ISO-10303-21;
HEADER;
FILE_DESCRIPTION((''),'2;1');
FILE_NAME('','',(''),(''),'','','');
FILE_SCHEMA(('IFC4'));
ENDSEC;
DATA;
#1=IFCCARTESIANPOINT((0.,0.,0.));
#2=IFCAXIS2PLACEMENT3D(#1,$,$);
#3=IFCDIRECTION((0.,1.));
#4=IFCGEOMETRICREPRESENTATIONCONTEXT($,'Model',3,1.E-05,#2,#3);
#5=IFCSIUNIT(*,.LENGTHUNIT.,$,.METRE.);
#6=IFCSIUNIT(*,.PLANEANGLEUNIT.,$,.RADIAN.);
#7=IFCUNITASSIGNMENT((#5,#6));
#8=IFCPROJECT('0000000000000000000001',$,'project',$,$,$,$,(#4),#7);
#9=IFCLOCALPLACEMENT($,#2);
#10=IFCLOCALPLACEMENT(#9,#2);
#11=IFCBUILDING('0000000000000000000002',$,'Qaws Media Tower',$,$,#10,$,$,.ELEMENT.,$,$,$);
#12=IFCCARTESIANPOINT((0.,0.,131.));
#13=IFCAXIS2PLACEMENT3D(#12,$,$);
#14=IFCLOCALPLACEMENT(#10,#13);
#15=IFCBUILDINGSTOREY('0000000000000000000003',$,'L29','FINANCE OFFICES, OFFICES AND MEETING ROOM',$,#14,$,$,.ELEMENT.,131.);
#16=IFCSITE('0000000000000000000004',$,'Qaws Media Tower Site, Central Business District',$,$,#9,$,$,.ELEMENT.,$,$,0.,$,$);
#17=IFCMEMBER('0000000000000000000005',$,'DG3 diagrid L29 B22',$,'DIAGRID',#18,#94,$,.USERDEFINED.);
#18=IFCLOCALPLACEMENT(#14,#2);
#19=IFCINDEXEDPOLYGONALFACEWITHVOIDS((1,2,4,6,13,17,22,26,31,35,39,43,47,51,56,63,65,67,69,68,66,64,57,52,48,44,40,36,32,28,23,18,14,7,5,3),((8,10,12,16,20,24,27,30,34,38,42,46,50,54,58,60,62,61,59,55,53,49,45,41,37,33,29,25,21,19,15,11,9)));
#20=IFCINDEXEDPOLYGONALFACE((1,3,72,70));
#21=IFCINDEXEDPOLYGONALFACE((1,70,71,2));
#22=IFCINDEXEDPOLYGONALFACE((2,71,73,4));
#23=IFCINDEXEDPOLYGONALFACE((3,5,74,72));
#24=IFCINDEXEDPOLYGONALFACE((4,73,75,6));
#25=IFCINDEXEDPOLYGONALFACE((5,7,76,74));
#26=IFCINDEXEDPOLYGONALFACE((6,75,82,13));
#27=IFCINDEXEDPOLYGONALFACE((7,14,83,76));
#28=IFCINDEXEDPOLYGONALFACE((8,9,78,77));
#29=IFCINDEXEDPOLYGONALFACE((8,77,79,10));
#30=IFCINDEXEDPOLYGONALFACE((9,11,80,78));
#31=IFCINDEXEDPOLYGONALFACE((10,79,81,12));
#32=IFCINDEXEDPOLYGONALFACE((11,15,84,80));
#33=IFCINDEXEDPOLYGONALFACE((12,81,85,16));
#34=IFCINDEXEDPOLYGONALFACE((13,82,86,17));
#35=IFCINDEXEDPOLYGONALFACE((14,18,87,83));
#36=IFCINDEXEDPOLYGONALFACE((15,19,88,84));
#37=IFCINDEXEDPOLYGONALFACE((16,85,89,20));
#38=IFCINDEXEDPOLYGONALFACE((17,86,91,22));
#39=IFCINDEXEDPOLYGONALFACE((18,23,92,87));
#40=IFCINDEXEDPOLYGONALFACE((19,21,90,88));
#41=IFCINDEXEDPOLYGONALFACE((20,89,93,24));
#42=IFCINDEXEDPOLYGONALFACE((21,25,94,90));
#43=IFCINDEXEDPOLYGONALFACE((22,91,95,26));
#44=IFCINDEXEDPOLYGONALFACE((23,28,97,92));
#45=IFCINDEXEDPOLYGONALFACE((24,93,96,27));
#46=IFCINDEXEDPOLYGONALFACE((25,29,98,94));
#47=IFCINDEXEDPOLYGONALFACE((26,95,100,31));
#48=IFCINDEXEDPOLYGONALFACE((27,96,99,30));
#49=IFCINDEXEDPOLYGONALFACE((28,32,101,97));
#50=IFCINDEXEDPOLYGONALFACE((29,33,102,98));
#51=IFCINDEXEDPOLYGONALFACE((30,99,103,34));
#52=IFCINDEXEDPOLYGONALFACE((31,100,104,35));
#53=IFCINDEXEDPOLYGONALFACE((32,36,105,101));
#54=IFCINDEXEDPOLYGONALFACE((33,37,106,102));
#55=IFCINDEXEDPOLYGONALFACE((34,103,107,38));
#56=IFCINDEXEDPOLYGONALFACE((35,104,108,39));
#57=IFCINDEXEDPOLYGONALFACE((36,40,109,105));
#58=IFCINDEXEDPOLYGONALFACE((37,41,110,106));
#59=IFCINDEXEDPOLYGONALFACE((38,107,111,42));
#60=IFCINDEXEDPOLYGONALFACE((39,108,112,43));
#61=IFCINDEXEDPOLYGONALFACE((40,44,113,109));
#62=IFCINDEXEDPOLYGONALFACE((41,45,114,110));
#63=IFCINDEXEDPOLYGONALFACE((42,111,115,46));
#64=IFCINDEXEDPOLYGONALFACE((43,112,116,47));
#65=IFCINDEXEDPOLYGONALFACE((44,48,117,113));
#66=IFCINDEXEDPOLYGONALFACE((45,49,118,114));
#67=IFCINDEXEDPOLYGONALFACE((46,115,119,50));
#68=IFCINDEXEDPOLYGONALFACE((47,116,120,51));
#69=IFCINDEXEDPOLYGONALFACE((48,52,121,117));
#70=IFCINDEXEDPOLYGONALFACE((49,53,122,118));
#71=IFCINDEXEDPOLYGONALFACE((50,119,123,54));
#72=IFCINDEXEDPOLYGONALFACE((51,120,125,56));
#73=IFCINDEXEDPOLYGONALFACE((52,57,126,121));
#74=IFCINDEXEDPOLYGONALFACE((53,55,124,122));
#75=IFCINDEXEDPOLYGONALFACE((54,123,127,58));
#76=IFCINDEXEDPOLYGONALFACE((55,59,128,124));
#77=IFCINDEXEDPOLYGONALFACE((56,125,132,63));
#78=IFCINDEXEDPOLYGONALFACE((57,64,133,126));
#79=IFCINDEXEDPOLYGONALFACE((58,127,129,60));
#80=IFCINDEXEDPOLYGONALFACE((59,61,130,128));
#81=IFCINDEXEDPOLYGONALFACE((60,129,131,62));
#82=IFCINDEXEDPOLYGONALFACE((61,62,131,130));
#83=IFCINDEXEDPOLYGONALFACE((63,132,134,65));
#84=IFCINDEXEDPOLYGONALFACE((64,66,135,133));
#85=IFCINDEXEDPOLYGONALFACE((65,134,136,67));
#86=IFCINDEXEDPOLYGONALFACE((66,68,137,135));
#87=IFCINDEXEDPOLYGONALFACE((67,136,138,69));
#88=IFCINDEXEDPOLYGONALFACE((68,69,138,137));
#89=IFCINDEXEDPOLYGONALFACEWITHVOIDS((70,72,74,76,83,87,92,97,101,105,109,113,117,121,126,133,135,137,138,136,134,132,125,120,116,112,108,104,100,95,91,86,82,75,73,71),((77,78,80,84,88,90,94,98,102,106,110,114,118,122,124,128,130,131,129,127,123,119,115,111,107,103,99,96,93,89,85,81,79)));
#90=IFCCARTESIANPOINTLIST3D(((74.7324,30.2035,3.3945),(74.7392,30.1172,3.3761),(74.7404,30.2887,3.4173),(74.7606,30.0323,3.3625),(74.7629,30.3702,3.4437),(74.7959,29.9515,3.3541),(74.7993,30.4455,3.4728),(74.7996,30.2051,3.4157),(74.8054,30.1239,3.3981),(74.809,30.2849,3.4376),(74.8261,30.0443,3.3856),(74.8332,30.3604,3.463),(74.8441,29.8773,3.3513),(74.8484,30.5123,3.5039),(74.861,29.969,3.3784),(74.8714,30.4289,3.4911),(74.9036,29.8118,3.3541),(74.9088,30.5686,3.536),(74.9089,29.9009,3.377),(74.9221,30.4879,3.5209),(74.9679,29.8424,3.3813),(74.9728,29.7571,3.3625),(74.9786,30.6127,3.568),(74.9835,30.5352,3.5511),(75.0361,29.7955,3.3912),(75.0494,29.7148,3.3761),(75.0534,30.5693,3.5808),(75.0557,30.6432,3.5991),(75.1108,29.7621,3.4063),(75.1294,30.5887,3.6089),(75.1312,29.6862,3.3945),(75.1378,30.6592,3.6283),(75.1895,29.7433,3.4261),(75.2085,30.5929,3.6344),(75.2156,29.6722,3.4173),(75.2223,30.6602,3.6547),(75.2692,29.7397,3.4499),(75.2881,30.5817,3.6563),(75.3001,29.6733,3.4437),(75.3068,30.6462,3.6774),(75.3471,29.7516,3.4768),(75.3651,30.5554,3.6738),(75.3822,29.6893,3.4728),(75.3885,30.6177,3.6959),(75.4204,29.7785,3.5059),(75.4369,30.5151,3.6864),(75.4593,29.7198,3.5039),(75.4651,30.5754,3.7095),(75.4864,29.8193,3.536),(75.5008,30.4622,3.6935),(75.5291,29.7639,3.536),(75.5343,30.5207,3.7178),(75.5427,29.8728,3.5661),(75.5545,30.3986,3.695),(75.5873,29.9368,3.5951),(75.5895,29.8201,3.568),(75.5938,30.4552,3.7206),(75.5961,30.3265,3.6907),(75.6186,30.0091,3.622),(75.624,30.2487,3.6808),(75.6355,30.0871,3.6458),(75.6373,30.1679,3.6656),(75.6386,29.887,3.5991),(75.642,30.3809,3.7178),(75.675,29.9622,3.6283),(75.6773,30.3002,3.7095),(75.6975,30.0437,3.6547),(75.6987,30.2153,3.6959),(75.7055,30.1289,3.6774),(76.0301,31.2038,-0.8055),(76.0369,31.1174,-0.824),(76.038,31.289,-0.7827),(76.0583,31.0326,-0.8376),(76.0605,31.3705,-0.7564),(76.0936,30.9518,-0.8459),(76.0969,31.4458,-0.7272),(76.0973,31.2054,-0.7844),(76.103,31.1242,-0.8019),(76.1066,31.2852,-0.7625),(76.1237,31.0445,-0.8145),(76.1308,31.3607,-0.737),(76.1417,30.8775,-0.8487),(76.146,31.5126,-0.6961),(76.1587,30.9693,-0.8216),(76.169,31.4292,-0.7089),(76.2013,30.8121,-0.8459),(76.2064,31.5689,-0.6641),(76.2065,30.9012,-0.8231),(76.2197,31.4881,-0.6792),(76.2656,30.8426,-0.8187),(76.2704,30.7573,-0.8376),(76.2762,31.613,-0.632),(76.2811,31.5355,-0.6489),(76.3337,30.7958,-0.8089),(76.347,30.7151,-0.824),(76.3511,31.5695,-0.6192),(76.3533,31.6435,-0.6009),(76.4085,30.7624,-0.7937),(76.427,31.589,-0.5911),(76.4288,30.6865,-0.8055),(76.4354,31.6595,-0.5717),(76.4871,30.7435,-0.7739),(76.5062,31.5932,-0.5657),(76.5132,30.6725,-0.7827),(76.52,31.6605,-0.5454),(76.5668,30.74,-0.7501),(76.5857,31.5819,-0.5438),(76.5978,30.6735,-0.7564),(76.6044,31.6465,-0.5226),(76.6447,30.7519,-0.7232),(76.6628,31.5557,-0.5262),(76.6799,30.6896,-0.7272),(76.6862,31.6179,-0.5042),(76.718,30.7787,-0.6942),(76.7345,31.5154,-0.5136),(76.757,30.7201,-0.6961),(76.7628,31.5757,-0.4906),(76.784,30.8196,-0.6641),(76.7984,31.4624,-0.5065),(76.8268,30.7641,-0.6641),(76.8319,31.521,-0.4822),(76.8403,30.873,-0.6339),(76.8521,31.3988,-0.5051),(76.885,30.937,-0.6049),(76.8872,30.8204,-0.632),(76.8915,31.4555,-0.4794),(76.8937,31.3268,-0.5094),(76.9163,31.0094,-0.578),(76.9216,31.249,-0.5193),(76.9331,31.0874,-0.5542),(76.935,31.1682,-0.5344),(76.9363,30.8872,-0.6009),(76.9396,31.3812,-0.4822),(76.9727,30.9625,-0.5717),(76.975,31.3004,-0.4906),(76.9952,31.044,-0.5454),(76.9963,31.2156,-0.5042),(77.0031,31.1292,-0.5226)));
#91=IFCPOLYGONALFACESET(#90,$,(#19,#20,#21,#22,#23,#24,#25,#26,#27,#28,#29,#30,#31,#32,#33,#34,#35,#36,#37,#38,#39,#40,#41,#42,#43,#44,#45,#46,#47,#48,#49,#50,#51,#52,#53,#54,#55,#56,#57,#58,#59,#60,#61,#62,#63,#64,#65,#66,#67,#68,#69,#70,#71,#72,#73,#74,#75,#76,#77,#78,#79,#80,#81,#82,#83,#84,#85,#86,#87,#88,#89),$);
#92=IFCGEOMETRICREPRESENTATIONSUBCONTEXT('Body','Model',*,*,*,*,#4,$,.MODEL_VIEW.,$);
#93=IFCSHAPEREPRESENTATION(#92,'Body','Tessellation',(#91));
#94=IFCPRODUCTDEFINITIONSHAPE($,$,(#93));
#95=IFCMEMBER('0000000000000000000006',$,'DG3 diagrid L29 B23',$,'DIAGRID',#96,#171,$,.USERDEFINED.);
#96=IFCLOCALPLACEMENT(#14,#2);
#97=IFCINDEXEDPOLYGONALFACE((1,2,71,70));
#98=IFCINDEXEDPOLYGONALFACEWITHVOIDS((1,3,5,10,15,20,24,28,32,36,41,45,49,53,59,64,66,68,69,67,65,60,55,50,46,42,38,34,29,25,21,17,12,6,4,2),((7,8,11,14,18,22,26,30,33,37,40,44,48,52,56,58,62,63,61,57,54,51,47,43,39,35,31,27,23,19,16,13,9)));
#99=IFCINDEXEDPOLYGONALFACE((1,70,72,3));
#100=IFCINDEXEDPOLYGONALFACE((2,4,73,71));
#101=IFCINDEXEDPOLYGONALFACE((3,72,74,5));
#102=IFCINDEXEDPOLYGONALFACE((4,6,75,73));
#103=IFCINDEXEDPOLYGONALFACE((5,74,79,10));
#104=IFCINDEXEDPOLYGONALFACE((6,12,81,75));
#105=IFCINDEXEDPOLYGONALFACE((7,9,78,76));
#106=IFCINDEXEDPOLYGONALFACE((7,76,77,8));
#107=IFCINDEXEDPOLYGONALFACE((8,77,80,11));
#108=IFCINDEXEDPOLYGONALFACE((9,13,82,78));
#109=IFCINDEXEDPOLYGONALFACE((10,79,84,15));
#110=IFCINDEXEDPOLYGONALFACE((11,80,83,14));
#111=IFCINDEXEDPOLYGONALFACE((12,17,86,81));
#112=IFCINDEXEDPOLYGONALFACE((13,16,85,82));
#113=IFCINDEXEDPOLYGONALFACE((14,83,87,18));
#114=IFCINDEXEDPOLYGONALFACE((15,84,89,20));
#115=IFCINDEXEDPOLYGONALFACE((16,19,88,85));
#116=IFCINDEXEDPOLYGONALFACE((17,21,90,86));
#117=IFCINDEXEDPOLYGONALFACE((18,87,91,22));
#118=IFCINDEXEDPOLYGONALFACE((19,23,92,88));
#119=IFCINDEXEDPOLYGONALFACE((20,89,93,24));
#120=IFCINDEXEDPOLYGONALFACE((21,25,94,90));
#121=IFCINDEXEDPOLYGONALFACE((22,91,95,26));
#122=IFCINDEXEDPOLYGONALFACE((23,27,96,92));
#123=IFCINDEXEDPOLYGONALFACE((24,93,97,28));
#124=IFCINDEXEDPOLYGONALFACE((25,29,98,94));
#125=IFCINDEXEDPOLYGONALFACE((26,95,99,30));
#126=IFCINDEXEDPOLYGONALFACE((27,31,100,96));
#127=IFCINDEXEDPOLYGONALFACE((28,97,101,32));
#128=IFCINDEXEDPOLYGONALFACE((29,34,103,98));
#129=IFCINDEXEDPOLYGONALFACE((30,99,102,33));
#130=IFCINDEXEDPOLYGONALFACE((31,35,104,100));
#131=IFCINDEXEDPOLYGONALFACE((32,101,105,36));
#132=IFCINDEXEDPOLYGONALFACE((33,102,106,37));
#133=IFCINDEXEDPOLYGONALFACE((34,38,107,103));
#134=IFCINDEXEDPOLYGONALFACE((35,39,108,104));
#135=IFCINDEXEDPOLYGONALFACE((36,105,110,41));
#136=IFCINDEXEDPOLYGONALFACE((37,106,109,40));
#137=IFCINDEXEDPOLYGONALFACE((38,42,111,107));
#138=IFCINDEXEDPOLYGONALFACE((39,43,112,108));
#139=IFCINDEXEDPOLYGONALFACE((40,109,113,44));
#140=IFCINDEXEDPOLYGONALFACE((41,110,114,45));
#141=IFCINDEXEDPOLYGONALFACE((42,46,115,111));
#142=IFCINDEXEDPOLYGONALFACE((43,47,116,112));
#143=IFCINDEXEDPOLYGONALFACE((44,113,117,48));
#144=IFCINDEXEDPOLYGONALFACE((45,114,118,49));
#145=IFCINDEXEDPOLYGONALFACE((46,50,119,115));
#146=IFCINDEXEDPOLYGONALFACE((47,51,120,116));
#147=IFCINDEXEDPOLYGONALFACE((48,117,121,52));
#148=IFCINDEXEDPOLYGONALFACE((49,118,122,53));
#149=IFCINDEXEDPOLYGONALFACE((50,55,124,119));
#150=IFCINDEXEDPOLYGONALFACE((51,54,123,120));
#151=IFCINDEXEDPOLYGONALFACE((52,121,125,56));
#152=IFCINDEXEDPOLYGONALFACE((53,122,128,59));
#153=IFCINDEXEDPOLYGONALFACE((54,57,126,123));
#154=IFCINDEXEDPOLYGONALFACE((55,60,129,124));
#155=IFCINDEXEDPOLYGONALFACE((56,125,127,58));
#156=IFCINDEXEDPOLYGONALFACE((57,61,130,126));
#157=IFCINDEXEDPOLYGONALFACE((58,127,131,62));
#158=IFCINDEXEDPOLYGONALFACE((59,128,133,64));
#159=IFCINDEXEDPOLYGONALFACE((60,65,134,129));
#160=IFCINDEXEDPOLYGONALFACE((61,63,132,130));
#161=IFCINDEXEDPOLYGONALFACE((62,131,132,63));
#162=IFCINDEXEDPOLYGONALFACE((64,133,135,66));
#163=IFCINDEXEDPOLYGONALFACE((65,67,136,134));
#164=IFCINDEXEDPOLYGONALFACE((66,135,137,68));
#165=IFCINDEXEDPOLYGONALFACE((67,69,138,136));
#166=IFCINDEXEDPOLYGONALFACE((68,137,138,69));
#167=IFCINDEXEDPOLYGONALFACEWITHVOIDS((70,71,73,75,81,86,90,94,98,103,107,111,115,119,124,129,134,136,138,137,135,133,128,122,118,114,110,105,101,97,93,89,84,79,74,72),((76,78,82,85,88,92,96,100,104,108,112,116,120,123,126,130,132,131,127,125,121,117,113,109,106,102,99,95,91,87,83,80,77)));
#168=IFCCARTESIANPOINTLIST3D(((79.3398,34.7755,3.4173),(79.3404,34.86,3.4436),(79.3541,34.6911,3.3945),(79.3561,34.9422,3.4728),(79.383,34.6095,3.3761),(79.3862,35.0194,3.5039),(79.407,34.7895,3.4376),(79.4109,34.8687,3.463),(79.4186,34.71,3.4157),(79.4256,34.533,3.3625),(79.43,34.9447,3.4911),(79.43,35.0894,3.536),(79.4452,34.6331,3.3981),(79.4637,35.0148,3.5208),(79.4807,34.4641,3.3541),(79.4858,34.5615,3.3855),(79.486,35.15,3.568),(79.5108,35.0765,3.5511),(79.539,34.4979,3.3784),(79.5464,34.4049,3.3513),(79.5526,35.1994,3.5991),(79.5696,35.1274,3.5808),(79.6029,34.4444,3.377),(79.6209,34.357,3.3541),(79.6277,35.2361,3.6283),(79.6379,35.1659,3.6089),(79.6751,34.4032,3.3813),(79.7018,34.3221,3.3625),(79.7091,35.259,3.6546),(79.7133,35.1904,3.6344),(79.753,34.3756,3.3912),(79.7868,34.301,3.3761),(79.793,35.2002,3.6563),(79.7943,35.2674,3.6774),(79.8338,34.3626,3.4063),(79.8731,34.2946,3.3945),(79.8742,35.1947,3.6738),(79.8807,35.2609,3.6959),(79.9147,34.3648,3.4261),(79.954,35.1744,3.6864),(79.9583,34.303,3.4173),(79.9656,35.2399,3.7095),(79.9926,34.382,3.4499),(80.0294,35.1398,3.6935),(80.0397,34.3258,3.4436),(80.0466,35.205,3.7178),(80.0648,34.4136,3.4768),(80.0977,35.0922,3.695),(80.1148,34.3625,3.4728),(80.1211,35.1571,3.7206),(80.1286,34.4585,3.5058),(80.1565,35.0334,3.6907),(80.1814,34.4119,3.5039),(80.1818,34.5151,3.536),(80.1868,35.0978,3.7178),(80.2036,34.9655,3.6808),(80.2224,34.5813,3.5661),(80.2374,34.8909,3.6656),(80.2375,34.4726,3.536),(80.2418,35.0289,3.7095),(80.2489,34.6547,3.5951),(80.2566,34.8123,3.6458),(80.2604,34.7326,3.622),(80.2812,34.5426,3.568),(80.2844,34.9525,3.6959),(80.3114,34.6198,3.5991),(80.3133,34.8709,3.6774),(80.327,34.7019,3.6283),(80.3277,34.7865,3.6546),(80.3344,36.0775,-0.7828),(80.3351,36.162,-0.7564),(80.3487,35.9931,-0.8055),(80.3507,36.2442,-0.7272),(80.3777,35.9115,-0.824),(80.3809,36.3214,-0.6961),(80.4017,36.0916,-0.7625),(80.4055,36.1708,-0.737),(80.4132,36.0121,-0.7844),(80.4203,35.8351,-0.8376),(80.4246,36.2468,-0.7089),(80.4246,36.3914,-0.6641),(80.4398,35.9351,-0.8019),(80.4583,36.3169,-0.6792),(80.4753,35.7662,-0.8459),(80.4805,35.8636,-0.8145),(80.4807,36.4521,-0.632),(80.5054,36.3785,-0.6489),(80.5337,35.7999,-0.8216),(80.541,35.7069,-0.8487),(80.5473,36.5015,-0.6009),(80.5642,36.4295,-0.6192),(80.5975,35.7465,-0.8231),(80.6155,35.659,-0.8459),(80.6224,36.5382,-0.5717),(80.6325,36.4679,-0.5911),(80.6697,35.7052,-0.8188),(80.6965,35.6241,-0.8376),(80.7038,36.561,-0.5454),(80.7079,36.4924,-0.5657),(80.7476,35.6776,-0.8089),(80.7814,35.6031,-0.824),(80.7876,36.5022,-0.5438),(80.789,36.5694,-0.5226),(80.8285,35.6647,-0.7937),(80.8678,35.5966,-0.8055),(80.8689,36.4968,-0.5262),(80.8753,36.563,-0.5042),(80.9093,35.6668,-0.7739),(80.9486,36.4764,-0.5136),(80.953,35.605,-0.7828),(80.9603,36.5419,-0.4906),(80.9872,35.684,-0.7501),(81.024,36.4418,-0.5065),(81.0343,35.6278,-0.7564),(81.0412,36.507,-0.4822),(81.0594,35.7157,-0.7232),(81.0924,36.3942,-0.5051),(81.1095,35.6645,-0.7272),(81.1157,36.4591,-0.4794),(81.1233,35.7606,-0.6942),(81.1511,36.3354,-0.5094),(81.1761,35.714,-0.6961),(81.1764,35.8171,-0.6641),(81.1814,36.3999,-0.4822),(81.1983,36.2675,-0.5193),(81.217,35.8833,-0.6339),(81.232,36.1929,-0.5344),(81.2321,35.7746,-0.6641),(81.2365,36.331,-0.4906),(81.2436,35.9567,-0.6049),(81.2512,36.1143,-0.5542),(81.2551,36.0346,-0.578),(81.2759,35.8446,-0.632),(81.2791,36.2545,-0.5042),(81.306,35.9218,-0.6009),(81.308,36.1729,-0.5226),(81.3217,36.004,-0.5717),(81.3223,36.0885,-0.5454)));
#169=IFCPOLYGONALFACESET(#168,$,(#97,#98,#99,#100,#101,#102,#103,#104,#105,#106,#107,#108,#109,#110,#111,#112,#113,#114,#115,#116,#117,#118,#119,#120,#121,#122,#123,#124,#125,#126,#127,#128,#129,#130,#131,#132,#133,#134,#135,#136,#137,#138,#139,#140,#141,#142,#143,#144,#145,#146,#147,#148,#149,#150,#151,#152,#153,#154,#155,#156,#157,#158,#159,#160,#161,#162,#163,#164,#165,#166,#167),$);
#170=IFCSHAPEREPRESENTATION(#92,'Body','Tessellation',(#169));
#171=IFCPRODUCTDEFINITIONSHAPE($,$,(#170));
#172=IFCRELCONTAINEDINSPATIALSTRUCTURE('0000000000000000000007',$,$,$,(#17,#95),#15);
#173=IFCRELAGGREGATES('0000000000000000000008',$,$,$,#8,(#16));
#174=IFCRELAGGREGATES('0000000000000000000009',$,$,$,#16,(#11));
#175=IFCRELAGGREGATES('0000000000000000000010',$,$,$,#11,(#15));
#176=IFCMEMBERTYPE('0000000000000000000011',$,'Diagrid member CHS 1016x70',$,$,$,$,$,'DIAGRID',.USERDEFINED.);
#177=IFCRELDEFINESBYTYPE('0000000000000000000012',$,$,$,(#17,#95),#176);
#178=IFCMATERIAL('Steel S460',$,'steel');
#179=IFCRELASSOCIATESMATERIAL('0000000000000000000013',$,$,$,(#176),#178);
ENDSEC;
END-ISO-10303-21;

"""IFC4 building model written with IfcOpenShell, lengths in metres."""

from ifc_helpers import new_model, si_unit, direction, frame, origin, origin_2d, place, context, subcontext, project, spatial, hollow_circle, extrude, material, material_profile, profile_set, type_object, element, save


model = new_model("IFC4")

# Units and contexts
model_context = context("Model", 3, precision=1e-05, world=origin(), true_north=direction((0.0, 1.0)))
body_context = subcontext(model_context, "Body", "Model", "MODEL_VIEW")
ifc_project = project(units=[si_unit("LENGTHUNIT", "METRE"), si_unit("PLANEANGLEUNIT", "RADIAN")], contexts=[model_context])

# Site, building, storey
site_placement = place(None, origin())
site = spatial("IfcSite", under=ifc_project, at=site_placement, Name="Qaws Media Tower Site, Central Business District", CompositionType="ELEMENT", RefElevation=0.0)
building_placement = place(site_placement, origin())
building = spatial("IfcBuilding", under=site, at=building_placement, Name="Qaws Media Tower", CompositionType="ELEMENT")
storey_placement = place(building_placement, frame((0.0, 0.0, 131.0)))
storey = spatial("IfcBuildingStorey", under=building, at=storey_placement, Name="L29", Description="FINANCE OFFICES, OFFICES AND MEETING ROOM", CompositionType="ELEMENT", Elevation=131.0)

# Members
ifc_material_1 = material(Name="Steel S460", Category="steel")
ifc_material_profile_1 = material_profile(ifc_material_1, hollow_circle(Radius=0.5081, WallThickness=0.0701, at=origin_2d()), Name="CHS 1016x70")
ifc_profile_set_1 = profile_set([ifc_material_profile_1], Name="Steel S460")
member_type_1 = type_object("IfcMemberType", Name="Diagrid member CHS 1016x70", ElementType="DIAGRID", PredefinedType="USERDEFINED", material=ifc_profile_set_1)
for number, where, z_axis, x_axis, name in (
    (1, (76.5166, 31.1665, -0.6641), (-0.287833, -0.221872, 0.931625), (0.61051, -0.792009, 0.0), "DG3 diagrid L29 B22"),
    (2, (80.8284, 36.083, -0.6641), (-0.220625, -0.288806, 0.93162), (0.794658, -0.607057, 0.0), "DG3 diagrid L29 B23"),
):
    element("IfcMember", number, at=place(storey_placement, frame(where, z_axis=z_axis, x_axis=x_axis)), inside=storey, type_object=member_type_1, Name=name, ObjectType="DIAGRID", PredefinedType="USERDEFINED", context=body_context, shape_type="SweptSolid", body=[
        extrude(hollow_circle(Radius=0.5081, WallThickness=0.0701, at=origin_2d()), origin(), (0.0, 0.0, 1.0), 4.5083),
    ])

save(model, "model.ifc")
